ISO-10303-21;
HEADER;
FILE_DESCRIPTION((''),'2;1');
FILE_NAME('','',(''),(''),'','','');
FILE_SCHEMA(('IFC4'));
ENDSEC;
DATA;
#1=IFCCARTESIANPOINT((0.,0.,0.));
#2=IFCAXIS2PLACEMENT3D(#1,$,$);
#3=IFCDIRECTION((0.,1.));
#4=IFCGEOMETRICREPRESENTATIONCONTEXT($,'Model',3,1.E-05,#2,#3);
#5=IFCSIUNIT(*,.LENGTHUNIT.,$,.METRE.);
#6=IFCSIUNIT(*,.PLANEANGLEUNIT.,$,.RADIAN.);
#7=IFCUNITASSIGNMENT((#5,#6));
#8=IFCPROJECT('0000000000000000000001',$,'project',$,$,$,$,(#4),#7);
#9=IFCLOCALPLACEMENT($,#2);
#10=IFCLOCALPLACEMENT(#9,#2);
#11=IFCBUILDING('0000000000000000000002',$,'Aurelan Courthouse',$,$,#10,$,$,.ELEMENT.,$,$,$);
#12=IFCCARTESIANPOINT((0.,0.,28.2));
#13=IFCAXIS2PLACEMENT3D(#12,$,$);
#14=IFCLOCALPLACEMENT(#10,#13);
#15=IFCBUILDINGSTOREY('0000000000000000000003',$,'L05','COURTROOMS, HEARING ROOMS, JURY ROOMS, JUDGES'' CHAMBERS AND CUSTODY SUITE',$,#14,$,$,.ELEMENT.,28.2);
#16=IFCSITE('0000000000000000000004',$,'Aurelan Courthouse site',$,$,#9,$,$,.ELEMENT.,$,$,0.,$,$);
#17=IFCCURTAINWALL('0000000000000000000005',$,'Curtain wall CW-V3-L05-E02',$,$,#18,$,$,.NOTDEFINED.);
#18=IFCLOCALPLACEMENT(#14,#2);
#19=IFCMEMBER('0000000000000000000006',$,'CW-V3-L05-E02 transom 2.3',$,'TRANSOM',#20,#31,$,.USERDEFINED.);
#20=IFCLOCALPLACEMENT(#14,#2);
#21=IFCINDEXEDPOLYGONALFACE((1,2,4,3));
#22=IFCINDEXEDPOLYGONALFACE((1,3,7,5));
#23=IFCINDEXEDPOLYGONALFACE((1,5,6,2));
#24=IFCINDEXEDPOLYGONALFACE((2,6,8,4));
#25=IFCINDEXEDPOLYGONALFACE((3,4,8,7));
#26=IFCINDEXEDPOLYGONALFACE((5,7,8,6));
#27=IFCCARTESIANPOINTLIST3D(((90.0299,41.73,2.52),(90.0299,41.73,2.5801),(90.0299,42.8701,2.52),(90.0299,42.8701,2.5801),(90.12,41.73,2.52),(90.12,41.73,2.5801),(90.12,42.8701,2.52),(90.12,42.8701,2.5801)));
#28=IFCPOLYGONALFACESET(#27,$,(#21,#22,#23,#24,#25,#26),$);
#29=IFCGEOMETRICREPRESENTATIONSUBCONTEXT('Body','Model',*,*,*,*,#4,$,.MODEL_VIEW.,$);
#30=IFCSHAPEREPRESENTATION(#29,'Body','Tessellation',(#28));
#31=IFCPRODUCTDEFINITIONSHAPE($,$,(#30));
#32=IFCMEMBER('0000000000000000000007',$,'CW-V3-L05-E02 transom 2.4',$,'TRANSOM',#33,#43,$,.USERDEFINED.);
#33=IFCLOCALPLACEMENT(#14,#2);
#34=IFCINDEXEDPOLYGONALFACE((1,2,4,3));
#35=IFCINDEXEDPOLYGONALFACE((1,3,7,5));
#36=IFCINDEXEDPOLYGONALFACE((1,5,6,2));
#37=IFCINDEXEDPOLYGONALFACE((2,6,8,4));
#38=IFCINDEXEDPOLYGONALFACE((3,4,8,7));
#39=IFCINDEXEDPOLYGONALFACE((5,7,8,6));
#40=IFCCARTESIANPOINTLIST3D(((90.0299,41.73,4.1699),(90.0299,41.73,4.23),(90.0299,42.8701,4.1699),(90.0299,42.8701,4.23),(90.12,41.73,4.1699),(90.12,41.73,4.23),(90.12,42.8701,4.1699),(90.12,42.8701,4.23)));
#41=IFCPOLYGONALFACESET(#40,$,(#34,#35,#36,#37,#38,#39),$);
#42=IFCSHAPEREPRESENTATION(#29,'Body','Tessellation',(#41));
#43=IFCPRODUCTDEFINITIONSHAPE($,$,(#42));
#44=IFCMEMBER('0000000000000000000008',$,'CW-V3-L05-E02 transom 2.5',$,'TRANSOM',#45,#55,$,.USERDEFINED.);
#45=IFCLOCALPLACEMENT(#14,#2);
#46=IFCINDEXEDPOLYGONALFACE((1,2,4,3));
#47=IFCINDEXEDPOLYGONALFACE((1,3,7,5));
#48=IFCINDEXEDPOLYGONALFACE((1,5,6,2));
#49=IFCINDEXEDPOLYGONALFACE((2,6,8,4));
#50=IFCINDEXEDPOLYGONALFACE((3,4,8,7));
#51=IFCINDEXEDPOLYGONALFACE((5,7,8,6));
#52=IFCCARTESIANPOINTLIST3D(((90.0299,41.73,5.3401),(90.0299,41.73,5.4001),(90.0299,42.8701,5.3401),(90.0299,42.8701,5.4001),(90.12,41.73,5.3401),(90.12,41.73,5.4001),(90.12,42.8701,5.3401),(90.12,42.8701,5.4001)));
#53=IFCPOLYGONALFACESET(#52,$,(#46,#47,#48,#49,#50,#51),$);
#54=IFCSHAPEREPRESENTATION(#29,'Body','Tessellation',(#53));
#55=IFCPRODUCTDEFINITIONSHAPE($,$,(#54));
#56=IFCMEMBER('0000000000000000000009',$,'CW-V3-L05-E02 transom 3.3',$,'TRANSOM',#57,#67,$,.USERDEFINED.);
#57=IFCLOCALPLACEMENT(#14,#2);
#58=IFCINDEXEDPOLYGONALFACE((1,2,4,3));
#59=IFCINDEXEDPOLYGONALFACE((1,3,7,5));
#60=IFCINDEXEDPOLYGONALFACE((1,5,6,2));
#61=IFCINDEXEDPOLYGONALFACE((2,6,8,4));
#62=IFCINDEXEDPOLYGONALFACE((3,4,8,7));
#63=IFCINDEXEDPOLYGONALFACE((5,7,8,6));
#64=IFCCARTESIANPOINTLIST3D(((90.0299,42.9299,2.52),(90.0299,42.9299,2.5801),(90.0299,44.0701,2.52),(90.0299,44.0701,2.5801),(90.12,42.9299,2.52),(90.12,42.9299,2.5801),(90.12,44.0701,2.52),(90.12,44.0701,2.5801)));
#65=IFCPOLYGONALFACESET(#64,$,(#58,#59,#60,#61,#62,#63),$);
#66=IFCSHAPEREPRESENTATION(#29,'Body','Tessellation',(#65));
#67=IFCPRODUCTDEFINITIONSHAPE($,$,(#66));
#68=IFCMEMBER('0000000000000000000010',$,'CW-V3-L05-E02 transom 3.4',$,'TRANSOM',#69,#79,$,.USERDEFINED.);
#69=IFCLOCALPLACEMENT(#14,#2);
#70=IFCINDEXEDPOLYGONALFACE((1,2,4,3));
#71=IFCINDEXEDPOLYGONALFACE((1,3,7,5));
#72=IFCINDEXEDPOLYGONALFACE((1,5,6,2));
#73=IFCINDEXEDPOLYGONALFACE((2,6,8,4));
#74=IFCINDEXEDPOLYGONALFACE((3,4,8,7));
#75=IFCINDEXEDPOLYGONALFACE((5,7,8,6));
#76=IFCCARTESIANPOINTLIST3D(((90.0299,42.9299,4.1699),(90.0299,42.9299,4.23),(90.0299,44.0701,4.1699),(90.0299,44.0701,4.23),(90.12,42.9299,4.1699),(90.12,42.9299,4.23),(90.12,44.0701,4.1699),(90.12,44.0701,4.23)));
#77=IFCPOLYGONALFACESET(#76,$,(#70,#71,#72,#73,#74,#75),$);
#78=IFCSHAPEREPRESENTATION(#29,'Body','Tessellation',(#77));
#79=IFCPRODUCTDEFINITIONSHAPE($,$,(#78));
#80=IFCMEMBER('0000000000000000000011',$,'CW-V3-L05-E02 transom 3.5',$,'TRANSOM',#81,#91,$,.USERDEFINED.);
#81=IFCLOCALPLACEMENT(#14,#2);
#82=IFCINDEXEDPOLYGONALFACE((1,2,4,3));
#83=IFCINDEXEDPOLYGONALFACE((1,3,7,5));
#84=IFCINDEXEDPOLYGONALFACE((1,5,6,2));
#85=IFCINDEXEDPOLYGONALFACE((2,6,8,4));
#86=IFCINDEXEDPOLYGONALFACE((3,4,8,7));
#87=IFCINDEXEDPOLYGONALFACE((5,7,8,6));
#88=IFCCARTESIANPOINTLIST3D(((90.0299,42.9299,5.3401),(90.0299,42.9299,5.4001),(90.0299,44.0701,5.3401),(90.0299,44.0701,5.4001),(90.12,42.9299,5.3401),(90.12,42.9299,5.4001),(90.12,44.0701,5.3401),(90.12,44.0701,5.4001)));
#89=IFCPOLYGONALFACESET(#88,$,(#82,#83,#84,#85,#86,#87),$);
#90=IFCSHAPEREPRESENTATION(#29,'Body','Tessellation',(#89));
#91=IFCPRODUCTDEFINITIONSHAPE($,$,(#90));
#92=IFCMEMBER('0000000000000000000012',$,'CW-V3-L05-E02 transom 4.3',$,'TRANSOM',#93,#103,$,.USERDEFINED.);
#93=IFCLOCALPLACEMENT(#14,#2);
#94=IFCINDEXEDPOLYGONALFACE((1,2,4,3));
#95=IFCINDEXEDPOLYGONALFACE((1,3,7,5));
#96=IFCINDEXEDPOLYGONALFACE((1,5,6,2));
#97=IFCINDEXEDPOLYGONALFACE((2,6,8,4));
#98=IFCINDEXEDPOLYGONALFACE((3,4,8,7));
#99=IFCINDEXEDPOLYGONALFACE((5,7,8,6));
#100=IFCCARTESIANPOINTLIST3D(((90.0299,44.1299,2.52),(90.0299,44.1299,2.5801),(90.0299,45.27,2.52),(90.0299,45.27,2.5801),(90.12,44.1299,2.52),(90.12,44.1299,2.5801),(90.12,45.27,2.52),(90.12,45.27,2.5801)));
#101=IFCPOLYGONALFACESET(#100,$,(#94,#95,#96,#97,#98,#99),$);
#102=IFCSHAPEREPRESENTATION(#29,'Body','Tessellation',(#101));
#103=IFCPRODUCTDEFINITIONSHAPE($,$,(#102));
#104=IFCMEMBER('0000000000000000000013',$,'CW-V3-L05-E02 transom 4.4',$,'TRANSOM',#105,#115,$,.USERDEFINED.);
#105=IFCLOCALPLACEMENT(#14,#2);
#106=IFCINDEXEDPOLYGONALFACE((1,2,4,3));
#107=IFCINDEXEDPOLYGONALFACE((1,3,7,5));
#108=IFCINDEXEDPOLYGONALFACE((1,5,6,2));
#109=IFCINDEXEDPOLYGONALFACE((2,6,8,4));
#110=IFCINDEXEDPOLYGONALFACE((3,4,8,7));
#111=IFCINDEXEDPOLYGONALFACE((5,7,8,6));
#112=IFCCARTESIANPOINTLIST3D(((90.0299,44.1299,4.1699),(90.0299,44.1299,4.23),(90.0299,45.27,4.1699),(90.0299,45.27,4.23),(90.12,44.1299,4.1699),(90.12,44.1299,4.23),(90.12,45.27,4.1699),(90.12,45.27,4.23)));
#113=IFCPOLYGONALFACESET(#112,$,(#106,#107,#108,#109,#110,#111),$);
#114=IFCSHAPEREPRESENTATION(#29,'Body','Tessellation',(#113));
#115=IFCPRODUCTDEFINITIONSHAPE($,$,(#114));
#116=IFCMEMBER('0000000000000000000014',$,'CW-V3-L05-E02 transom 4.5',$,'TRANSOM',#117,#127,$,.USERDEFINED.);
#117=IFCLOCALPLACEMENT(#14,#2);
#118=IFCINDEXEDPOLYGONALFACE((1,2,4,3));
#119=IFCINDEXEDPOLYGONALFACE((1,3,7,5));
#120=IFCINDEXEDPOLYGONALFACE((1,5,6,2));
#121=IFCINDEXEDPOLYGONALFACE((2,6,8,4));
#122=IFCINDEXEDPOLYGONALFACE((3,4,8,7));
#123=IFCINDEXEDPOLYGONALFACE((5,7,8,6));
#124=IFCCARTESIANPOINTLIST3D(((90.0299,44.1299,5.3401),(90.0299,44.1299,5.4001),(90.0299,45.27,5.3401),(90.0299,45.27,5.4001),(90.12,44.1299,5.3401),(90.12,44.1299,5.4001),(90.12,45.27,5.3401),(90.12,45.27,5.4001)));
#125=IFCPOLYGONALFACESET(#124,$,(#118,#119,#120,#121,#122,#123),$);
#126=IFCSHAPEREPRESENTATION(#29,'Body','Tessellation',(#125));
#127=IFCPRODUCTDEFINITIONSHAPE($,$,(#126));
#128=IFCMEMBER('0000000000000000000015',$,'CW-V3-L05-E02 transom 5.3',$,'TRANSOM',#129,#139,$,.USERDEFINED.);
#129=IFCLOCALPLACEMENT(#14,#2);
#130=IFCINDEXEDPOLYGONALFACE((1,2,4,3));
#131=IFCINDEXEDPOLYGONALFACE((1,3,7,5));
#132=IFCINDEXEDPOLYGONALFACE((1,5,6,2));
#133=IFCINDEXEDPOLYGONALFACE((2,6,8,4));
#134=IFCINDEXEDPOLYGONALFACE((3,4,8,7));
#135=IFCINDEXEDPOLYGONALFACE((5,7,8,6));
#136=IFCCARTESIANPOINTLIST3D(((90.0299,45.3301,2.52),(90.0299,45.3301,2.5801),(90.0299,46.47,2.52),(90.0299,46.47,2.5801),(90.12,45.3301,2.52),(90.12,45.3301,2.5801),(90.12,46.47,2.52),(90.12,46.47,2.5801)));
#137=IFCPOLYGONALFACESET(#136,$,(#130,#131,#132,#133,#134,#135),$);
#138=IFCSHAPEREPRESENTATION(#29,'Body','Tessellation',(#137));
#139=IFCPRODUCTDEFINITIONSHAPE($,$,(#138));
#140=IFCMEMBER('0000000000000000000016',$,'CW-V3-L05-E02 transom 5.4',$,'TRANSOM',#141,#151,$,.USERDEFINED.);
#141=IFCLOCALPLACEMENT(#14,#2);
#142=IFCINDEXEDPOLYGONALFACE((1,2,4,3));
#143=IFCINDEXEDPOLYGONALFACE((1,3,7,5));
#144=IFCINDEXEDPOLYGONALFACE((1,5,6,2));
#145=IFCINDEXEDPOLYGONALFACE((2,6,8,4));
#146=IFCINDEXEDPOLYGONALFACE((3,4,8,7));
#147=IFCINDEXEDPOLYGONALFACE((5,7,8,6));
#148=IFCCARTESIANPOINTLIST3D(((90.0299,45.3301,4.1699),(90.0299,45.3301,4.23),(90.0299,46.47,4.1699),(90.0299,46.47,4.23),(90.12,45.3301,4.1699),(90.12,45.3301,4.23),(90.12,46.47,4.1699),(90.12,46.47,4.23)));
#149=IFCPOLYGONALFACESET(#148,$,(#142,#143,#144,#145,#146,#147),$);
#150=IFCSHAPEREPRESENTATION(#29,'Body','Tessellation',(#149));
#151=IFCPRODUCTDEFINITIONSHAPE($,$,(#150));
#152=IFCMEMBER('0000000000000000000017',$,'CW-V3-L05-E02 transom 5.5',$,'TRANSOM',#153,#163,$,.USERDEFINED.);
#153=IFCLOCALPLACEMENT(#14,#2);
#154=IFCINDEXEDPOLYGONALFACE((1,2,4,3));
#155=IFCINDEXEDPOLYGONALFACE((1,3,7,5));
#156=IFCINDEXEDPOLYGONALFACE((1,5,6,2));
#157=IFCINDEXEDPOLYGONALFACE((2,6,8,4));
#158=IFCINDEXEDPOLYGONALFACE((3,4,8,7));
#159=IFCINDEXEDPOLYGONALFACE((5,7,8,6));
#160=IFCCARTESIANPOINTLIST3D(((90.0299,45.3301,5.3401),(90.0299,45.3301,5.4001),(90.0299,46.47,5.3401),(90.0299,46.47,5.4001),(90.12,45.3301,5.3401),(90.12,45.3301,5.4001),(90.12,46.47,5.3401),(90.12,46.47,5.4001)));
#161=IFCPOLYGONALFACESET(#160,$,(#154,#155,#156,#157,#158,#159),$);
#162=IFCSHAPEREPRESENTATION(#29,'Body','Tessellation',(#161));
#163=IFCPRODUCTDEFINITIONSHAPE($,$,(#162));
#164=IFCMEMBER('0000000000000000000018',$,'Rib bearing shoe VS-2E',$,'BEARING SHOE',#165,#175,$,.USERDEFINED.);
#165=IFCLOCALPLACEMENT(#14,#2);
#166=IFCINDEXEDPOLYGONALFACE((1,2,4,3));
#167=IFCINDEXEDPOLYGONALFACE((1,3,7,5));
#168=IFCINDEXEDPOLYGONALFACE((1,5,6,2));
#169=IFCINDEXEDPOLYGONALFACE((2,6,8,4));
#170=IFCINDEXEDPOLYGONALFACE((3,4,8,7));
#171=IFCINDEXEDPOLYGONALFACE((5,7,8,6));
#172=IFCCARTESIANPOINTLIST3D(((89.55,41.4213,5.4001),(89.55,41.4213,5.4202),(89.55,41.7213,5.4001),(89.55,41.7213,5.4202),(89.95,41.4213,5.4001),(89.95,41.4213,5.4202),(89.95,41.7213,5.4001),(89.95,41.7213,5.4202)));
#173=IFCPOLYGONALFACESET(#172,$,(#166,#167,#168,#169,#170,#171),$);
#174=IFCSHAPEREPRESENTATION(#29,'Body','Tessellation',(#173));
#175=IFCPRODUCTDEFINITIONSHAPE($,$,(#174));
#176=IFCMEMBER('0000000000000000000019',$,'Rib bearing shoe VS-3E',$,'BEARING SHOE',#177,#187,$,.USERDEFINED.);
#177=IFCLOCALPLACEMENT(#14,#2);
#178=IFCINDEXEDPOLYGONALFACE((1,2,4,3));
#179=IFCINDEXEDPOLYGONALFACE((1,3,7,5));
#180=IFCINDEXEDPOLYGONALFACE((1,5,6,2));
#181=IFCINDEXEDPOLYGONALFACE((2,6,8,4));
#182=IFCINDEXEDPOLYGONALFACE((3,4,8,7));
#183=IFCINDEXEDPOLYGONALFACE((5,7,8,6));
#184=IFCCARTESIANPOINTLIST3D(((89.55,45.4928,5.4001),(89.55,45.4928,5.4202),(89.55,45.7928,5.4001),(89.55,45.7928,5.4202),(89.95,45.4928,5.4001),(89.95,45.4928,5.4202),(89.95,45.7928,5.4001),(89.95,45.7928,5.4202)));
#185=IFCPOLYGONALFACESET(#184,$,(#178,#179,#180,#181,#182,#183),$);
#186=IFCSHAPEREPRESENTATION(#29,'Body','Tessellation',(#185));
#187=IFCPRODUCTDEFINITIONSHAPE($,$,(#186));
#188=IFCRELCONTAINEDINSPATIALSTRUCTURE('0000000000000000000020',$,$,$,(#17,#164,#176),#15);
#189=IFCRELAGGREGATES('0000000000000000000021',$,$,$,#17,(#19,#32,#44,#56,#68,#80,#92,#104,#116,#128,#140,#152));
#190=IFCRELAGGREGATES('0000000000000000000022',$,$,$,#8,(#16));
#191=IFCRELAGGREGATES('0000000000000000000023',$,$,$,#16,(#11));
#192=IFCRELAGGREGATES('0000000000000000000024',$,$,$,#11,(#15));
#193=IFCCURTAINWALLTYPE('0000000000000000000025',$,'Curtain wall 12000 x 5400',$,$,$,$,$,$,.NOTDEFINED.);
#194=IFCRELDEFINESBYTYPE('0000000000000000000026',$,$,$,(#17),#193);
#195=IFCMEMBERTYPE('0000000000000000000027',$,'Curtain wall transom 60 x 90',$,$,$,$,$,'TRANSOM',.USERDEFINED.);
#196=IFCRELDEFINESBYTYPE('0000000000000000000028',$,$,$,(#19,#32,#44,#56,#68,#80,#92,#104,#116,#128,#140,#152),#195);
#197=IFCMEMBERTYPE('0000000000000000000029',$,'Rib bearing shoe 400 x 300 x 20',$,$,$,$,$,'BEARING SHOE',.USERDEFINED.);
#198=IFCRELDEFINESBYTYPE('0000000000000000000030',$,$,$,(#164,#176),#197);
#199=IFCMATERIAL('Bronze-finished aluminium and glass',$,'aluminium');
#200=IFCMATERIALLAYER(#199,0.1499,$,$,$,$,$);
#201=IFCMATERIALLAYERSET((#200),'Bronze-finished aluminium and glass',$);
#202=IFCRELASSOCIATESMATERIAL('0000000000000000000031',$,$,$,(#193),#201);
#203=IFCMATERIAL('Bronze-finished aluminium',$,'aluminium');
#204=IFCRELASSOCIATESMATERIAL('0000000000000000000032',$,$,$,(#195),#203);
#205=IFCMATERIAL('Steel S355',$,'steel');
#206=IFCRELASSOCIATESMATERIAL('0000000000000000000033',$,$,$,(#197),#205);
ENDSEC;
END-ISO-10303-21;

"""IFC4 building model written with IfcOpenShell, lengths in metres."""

from ifc_helpers import new_model, si_unit, direction, frame, origin, origin_2d, place, context, subcontext, project, spatial, rectangle, extrude, material, layer, layer_set, material_profile, profile_set, type_object, element, aggregate, save


model = new_model("IFC4")

# Units and contexts
model_context = context("Model", 3, precision=1e-05, world=origin(), true_north=direction((0.0, 1.0)))
body_context = subcontext(model_context, "Body", "Model", "MODEL_VIEW")
ifc_project = project(units=[si_unit("LENGTHUNIT", "METRE"), si_unit("PLANEANGLEUNIT", "RADIAN")], contexts=[model_context])

# Site, building, storey
site_placement = place(None, origin())
site = spatial("IfcSite", under=ifc_project, at=site_placement, Name="Aurelan Courthouse site", CompositionType="ELEMENT", RefElevation=0.0)
building_placement = place(site_placement, origin())
building = spatial("IfcBuilding", under=site, at=building_placement, Name="Aurelan Courthouse", CompositionType="ELEMENT")
storey_placement = place(building_placement, frame((0.0, 0.0, 28.2)))
storey = spatial("IfcBuildingStorey", under=building, at=storey_placement, Name="L05", Description="COURTROOMS, HEARING ROOMS, JURY ROOMS, JUDGES' CHAMBERS AND CUSTODY SUITE", CompositionType="ELEMENT", Elevation=28.2)

# Curtain wall, members
ifc_material_1 = material(Name="Bronze-finished aluminium and glass", Category="aluminium")
ifc_layer_1 = layer(ifc_material_1, 0.1499)
ifc_layer_set_1 = layer_set([ifc_layer_1], Name="Bronze-finished aluminium and glass")
curtain_wall_type = type_object("IfcCurtainWallType", Name="Curtain wall 12000 x 5400", PredefinedType="NOTDEFINED", material=ifc_layer_set_1)
curtain_wall_placement = place(storey_placement, origin())
curtain_wall = element("IfcCurtainWall", 1, at=curtain_wall_placement, inside=storey, type_object=curtain_wall_type, Name="Curtain wall CW-V3-L05-E02", PredefinedType="NOTDEFINED")
ifc_material_2 = material(Name="Bronze-finished aluminium", Category="aluminium")
ifc_material_profile_1 = material_profile(ifc_material_2, rectangle(XDim=0.0901, YDim=0.0601, at=origin_2d()), Name="Bronze transom 60 x 90")
ifc_profile_set_1 = profile_set([ifc_material_profile_1], Name="Bronze-finished aluminium")
member_type_1 = type_object("IfcMemberType", Name="Curtain wall transom 60 x 90", ElementType="TRANSOM", PredefinedType="USERDEFINED", material=ifc_profile_set_1)
member_1_placement = place(storey_placement, frame((90.075, 41.73, 2.55), z_axis=(0.0, 1.0, 0.0), x_axis=(-1.0, 0.0, 0.0)))
member_1 = element("IfcMember", 2, at=member_1_placement, type_object=member_type_1, Name="CW-V3-L05-E02 transom 2.3", ObjectType="TRANSOM", PredefinedType="USERDEFINED", context=body_context, shape_type="SweptSolid", body=[
    extrude(rectangle(XDim=0.0901, YDim=0.0601, at=origin_2d()), origin(), (0.0, 0.0, 1.0), 1.1401),
])
member_2_placement = place(storey_placement, frame((90.075, 41.73, 4.2), z_axis=(0.0, 1.0, 0.0), x_axis=(-1.0, 0.0, 0.0)))
member_2 = element("IfcMember", 3, at=member_2_placement, type_object=member_type_1, Name="CW-V3-L05-E02 transom 2.4", ObjectType="TRANSOM", PredefinedType="USERDEFINED", context=body_context, shape_type="SweptSolid", body=[
    extrude(rectangle(XDim=0.0901, YDim=0.0601, at=origin_2d()), origin(), (0.0, 0.0, 1.0), 1.1401),
])
member_3_placement = place(storey_placement, frame((90.075, 41.73, 5.3701), z_axis=(0.0, 1.0, 0.0), x_axis=(-1.0, 0.0, 0.0)))
member_3 = element("IfcMember", 4, at=member_3_placement, type_object=member_type_1, Name="CW-V3-L05-E02 transom 2.5", ObjectType="TRANSOM", PredefinedType="USERDEFINED", context=body_context, shape_type="SweptSolid", body=[
    extrude(rectangle(XDim=0.0901, YDim=0.0601, at=origin_2d()), origin(), (0.0, 0.0, 1.0), 1.1401),
])
member_4_placement = place(storey_placement, frame((90.075, 42.9299, 2.55), z_axis=(0.0, 1.0, 0.0), x_axis=(-1.0, 0.0, 0.0)))
member_4 = element("IfcMember", 5, at=member_4_placement, type_object=member_type_1, Name="CW-V3-L05-E02 transom 3.3", ObjectType="TRANSOM", PredefinedType="USERDEFINED", context=body_context, shape_type="SweptSolid", body=[
    extrude(rectangle(XDim=0.0901, YDim=0.0601, at=origin_2d()), origin(), (0.0, 0.0, 1.0), 1.1401),
])
member_5_placement = place(storey_placement, frame((90.075, 42.9299, 4.2), z_axis=(0.0, 1.0, 0.0), x_axis=(-1.0, 0.0, 0.0)))
member_5 = element("IfcMember", 6, at=member_5_placement, type_object=member_type_1, Name="CW-V3-L05-E02 transom 3.4", ObjectType="TRANSOM", PredefinedType="USERDEFINED", context=body_context, shape_type="SweptSolid", body=[
    extrude(rectangle(XDim=0.0901, YDim=0.0601, at=origin_2d()), origin(), (0.0, 0.0, 1.0), 1.1401),
])
member_6_placement = place(storey_placement, frame((90.075, 42.9299, 5.3701), z_axis=(0.0, 1.0, 0.0), x_axis=(-1.0, 0.0, 0.0)))
member_6 = element("IfcMember", 7, at=member_6_placement, type_object=member_type_1, Name="CW-V3-L05-E02 transom 3.5", ObjectType="TRANSOM", PredefinedType="USERDEFINED", context=body_context, shape_type="SweptSolid", body=[
    extrude(rectangle(XDim=0.0901, YDim=0.0601, at=origin_2d()), origin(), (0.0, 0.0, 1.0), 1.1401),
])
member_7_placement = place(storey_placement, frame((90.075, 44.1299, 2.55), z_axis=(0.0, 1.0, 0.0), x_axis=(-1.0, 0.0, 0.0)))
member_7 = element("IfcMember", 8, at=member_7_placement, type_object=member_type_1, Name="CW-V3-L05-E02 transom 4.3", ObjectType="TRANSOM", PredefinedType="USERDEFINED", context=body_context, shape_type="SweptSolid", body=[
    extrude(rectangle(XDim=0.0901, YDim=0.0601, at=origin_2d()), origin(), (0.0, 0.0, 1.0), 1.1401),
])
member_8_placement = place(storey_placement, frame((90.075, 44.1299, 4.2), z_axis=(0.0, 1.0, 0.0), x_axis=(-1.0, 0.0, 0.0)))
member_8 = element("IfcMember", 9, at=member_8_placement, type_object=member_type_1, Name="CW-V3-L05-E02 transom 4.4", ObjectType="TRANSOM", PredefinedType="USERDEFINED", context=body_context, shape_type="SweptSolid", body=[
    extrude(rectangle(XDim=0.0901, YDim=0.0601, at=origin_2d()), origin(), (0.0, 0.0, 1.0), 1.1401),
])
member_9_placement = place(storey_placement, frame((90.075, 44.1299, 5.3701), z_axis=(0.0, 1.0, 0.0), x_axis=(-1.0, 0.0, 0.0)))
member_9 = element("IfcMember", 10, at=member_9_placement, type_object=member_type_1, Name="CW-V3-L05-E02 transom 4.5", ObjectType="TRANSOM", PredefinedType="USERDEFINED", context=body_context, shape_type="SweptSolid", body=[
    extrude(rectangle(XDim=0.0901, YDim=0.0601, at=origin_2d()), origin(), (0.0, 0.0, 1.0), 1.1401),
])
member_10_placement = place(storey_placement, frame((90.075, 45.3301, 2.55), z_axis=(0.0, 1.0, 0.0), x_axis=(-1.0, 0.0, 0.0)))
member_10 = element("IfcMember", 11, at=member_10_placement, type_object=member_type_1, Name="CW-V3-L05-E02 transom 5.3", ObjectType="TRANSOM", PredefinedType="USERDEFINED", context=body_context, shape_type="SweptSolid", body=[
    extrude(rectangle(XDim=0.0901, YDim=0.0601, at=origin_2d()), origin(), (0.0, 0.0, 1.0), 1.1399),
])
member_11_placement = place(storey_placement, frame((90.075, 45.3301, 4.2), z_axis=(0.0, 1.0, 0.0), x_axis=(-1.0, 0.0, 0.0)))
member_11 = element("IfcMember", 12, at=member_11_placement, type_object=member_type_1, Name="CW-V3-L05-E02 transom 5.4", ObjectType="TRANSOM", PredefinedType="USERDEFINED", context=body_context, shape_type="SweptSolid", body=[
    extrude(rectangle(XDim=0.0901, YDim=0.0601, at=origin_2d()), origin(), (0.0, 0.0, 1.0), 1.1399),
])
member_12_placement = place(storey_placement, frame((90.075, 45.3301, 5.3701), z_axis=(0.0, 1.0, 0.0), x_axis=(-1.0, 0.0, 0.0)))
member_12 = element("IfcMember", 13, at=member_12_placement, type_object=member_type_1, Name="CW-V3-L05-E02 transom 5.5", ObjectType="TRANSOM", PredefinedType="USERDEFINED", context=body_context, shape_type="SweptSolid", body=[
    extrude(rectangle(XDim=0.0901, YDim=0.0601, at=origin_2d()), origin(), (0.0, 0.0, 1.0), 1.1399),
])

# Members
ifc_material_3 = material(Name="Steel S355", Category="steel")
ifc_material_profile_2 = material_profile(ifc_material_3, rectangle(XDim=0.3999, YDim=0.3, at=origin_2d()), Name="PL 400 x 300")
ifc_profile_set_2 = profile_set([ifc_material_profile_2], Name="Steel S355")
member_type_2 = type_object("IfcMemberType", Name="Rib bearing shoe 400 x 300 x 20", ElementType="BEARING SHOE", PredefinedType="USERDEFINED", material=ifc_profile_set_2)
for number, where, z_axis, x_axis, name in (
    (14, (89.75, 41.5713, 5.4001), (0.0, 0.0, 1.0), (1.0, 0.0, 0.0), "Rib bearing shoe VS-2E"),
    (15, (89.75, 45.6428, 5.4001), (0.0, 0.0, 1.0), (1.0, 0.0, 0.0), "Rib bearing shoe VS-3E"),
):
    element("IfcMember", number, at=place(storey_placement, frame(where, z_axis=z_axis, x_axis=x_axis)), inside=storey, type_object=member_type_2, Name=name, ObjectType="BEARING SHOE", PredefinedType="USERDEFINED", context=body_context, shape_type="SweptSolid", body=[
        extrude(rectangle(XDim=0.3999, YDim=0.3, at=origin_2d()), origin(), (0.0, 0.0, 1.0), 0.02),
    ])

aggregate(curtain_wall, [member_1, member_2, member_3, member_4, member_5, member_6, member_7, member_8, member_9, member_10, member_11, member_12])

save(model, "model.ifc")
